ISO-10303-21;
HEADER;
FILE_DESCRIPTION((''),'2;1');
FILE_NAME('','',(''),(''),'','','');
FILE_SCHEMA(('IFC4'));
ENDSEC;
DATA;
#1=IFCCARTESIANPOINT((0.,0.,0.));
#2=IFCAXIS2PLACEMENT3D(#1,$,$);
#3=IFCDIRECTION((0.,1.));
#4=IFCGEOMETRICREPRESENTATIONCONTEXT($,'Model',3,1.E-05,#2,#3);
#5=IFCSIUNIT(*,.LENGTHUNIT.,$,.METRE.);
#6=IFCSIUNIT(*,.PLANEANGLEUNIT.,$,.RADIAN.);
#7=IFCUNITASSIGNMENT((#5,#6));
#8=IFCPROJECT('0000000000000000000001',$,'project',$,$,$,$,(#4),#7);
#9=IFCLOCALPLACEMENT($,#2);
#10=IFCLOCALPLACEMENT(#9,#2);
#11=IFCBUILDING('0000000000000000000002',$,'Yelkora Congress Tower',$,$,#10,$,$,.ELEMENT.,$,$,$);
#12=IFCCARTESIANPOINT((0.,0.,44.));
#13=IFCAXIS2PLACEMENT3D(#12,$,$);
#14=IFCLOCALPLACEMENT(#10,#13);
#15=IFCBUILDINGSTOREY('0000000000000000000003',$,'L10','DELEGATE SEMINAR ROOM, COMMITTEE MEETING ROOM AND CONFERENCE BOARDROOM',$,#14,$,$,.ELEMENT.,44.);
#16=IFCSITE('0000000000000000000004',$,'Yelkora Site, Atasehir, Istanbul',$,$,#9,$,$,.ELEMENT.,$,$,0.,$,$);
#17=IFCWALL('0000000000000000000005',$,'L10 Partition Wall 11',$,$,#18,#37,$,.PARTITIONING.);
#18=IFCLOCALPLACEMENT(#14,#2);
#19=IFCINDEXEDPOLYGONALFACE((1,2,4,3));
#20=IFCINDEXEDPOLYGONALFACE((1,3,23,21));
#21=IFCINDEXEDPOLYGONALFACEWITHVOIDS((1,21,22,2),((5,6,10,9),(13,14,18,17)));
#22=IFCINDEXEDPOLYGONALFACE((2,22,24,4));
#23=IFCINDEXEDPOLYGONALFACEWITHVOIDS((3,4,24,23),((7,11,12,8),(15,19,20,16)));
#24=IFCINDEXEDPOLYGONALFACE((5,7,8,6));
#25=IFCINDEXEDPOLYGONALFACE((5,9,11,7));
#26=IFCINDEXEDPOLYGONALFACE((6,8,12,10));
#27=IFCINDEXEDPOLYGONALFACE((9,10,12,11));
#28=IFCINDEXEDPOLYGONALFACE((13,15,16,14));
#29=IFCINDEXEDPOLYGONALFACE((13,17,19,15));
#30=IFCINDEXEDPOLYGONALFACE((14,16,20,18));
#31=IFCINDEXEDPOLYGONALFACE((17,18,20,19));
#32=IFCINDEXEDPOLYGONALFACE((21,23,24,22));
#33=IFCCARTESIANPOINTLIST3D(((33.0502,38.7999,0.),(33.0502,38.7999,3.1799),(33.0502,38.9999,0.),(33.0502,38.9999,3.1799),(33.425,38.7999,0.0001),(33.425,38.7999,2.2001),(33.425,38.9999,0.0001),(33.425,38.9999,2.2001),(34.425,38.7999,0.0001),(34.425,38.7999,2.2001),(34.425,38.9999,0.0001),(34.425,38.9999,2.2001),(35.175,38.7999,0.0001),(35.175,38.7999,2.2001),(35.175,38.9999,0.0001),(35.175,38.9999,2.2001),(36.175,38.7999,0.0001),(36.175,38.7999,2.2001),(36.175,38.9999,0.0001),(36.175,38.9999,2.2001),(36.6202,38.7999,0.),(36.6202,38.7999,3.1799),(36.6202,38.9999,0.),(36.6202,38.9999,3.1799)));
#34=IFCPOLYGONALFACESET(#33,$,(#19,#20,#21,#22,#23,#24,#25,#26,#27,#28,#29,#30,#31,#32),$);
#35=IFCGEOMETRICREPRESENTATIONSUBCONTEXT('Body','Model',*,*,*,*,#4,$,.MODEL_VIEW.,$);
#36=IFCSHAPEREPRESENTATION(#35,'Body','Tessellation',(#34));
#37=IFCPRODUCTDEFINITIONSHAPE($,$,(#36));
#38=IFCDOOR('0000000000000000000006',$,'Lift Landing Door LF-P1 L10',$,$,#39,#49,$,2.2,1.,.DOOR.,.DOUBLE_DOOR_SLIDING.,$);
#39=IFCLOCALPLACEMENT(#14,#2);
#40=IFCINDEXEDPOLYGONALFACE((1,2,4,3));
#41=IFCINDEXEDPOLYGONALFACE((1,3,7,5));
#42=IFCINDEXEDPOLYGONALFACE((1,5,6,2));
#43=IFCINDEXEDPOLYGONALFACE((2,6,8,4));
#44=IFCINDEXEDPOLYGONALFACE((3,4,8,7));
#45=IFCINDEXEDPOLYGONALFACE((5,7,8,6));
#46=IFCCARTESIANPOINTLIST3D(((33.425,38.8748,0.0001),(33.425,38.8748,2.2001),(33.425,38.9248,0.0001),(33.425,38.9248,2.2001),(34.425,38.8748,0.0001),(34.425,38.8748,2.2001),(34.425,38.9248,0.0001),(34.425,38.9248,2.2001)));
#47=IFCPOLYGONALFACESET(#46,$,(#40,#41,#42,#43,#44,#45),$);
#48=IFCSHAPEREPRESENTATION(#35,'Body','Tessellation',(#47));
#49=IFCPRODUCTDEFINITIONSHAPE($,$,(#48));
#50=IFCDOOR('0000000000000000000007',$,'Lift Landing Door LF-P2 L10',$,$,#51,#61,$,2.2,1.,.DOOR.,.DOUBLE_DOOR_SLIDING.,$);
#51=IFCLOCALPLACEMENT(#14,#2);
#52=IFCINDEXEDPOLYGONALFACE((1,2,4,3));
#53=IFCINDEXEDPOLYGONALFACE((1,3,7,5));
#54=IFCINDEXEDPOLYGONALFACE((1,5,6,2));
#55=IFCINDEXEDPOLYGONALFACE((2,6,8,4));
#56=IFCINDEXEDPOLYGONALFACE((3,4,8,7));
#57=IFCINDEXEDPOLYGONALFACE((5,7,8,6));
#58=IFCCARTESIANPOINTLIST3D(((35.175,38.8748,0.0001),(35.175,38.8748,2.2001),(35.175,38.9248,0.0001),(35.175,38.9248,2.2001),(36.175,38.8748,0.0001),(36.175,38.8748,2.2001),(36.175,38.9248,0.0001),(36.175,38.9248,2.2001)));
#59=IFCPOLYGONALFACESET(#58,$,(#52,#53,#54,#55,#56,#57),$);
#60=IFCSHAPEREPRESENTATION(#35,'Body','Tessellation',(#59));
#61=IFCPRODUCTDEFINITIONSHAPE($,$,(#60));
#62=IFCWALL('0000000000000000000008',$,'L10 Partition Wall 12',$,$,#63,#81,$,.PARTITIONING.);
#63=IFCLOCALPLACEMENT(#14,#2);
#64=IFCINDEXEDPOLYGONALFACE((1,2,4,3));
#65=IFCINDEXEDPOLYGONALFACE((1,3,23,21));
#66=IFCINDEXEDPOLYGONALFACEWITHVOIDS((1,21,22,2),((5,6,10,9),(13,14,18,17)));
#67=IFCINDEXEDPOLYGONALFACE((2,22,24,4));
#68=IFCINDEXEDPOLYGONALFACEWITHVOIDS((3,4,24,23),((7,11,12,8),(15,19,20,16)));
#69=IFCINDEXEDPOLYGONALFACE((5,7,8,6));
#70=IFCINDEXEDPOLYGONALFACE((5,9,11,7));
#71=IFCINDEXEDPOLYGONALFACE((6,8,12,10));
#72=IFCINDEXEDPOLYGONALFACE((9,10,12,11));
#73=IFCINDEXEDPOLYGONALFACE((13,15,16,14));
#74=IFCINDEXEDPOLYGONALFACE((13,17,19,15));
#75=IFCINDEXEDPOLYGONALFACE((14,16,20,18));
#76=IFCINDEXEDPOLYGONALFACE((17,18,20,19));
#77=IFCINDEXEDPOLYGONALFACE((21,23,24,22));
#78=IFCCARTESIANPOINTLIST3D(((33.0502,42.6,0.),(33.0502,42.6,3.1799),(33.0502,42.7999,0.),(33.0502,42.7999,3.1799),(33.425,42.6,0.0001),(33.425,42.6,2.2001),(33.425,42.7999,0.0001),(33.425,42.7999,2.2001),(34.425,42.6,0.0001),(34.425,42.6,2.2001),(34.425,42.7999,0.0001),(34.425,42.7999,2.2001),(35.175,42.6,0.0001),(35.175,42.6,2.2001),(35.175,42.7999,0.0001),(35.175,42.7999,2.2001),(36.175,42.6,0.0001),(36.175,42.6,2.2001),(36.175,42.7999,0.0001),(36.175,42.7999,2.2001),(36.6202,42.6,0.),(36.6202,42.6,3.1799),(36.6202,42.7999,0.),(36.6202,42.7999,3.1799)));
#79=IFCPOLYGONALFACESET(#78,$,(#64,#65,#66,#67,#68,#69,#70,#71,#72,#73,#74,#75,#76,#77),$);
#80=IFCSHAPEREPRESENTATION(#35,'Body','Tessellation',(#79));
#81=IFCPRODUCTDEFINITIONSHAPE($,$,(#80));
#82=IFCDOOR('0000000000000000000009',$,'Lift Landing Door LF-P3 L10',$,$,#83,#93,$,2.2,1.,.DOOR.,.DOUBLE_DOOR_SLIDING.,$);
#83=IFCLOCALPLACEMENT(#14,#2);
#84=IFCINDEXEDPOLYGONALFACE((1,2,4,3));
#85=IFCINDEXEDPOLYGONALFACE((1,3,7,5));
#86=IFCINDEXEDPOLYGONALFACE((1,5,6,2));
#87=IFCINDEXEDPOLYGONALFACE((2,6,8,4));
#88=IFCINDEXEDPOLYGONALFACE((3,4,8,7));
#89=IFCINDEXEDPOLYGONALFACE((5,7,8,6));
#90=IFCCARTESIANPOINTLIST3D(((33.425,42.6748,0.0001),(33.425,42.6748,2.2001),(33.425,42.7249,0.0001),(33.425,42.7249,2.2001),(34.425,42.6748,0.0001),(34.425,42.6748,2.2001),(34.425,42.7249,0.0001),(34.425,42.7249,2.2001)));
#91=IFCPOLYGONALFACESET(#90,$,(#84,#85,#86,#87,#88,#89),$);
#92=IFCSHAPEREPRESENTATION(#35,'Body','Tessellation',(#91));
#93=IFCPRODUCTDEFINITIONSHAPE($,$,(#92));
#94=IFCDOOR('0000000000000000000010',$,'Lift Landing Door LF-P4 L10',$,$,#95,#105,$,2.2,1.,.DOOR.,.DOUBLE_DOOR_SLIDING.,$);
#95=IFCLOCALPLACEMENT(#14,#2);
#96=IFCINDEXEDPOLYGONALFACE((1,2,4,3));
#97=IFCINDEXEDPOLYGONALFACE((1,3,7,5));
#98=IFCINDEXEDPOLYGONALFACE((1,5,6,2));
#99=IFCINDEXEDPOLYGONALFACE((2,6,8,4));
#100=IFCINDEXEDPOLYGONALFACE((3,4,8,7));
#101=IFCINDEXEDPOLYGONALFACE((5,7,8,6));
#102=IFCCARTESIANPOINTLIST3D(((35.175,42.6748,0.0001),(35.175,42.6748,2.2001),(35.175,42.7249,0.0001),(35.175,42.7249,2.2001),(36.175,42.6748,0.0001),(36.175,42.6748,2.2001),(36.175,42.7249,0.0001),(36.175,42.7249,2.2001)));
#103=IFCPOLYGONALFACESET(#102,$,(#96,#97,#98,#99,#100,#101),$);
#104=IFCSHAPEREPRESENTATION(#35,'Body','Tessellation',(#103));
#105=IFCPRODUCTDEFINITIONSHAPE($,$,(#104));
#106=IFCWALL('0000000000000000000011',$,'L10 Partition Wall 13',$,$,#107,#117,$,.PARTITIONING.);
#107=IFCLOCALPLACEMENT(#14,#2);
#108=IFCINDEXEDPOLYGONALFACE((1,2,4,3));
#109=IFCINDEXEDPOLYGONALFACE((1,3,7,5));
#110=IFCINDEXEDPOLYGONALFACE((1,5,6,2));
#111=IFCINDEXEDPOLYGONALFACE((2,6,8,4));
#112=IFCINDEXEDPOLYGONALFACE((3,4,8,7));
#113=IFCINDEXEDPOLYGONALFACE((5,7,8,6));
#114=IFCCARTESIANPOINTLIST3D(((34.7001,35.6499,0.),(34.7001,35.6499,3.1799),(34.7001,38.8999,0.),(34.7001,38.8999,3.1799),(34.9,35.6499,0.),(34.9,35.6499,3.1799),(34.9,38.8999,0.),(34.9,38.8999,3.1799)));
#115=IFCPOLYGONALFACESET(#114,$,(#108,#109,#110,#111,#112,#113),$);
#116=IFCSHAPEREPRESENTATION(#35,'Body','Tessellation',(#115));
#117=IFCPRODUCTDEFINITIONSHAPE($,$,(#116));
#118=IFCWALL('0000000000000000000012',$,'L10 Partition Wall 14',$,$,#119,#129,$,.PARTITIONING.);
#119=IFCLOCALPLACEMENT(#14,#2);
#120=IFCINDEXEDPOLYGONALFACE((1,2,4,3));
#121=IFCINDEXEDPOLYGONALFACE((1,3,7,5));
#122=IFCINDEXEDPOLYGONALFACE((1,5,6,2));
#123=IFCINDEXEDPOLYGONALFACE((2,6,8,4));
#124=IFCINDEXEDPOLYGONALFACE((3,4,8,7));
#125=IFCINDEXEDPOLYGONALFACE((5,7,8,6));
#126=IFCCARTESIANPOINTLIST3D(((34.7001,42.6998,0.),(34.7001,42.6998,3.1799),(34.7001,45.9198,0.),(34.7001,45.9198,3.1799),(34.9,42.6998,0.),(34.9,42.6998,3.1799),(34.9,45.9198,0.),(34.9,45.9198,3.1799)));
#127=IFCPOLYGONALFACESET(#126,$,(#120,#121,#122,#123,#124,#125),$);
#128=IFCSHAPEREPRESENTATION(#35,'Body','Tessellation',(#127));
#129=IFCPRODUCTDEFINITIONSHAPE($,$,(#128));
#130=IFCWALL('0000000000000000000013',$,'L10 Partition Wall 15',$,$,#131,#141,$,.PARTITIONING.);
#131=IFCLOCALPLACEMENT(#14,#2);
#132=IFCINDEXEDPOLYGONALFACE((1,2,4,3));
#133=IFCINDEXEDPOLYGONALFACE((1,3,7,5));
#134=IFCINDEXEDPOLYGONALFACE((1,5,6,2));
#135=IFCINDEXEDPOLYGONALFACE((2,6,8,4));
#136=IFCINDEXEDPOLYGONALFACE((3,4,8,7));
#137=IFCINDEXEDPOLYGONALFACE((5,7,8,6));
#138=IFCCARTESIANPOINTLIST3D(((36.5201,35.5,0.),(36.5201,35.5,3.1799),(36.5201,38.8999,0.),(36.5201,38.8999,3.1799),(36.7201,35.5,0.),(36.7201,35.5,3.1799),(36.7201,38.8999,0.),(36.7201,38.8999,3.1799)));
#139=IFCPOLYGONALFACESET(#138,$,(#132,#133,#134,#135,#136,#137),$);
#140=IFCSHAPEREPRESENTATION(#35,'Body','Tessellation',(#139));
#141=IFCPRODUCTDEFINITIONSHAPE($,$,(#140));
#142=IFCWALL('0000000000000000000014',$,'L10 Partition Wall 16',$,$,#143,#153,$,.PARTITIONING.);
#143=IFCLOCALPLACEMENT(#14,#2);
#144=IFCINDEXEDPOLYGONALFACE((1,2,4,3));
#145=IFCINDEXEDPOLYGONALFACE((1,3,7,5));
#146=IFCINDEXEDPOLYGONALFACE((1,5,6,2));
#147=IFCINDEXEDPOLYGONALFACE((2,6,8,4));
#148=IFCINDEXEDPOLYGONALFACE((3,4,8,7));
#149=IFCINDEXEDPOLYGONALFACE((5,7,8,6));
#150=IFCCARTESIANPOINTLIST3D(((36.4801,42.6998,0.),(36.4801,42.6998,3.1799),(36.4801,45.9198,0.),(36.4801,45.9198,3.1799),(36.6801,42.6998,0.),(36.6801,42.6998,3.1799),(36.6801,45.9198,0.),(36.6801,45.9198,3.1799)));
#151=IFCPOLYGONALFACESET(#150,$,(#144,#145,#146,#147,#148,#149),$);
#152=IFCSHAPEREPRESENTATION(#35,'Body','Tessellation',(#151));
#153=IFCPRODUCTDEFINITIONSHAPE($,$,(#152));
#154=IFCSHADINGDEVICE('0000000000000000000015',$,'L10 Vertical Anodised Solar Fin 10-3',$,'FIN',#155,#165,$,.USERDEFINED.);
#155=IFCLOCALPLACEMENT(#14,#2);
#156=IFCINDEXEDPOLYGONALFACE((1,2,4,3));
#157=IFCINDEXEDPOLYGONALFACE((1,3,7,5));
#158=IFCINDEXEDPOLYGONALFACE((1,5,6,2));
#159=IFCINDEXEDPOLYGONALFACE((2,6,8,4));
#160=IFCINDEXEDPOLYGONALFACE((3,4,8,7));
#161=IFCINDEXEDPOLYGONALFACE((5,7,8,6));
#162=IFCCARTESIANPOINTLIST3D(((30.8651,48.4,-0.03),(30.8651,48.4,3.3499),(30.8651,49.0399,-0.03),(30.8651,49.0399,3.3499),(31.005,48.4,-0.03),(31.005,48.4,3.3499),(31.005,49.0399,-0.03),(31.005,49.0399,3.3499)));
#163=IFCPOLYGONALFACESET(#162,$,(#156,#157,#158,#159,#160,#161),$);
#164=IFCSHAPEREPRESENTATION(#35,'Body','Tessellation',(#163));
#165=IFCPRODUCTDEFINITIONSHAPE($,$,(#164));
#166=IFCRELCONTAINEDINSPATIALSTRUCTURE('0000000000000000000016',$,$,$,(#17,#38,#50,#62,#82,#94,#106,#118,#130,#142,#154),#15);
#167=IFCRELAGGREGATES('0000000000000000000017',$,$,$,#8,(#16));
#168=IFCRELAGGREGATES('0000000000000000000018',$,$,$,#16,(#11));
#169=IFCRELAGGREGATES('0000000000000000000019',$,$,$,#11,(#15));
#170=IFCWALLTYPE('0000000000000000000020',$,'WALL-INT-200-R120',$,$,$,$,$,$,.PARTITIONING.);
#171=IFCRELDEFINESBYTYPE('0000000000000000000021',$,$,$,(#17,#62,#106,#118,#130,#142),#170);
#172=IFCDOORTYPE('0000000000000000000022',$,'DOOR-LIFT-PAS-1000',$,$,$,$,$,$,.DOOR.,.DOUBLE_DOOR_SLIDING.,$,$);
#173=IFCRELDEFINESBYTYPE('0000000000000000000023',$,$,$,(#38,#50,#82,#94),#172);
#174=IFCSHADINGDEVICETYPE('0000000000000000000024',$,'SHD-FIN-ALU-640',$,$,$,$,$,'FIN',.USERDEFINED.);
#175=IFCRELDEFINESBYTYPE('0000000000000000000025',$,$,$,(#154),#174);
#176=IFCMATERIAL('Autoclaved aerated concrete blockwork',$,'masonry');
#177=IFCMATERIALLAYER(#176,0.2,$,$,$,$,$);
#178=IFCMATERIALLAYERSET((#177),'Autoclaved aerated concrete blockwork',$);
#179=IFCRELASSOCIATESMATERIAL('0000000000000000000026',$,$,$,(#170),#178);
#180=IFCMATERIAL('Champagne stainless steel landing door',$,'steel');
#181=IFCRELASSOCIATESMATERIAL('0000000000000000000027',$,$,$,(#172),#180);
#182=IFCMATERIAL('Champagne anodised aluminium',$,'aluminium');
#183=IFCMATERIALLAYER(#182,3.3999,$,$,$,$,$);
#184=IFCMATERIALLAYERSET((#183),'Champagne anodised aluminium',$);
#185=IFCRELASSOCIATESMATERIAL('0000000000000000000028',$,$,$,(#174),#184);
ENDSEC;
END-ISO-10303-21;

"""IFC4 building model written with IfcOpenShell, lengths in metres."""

from ifc_helpers import new_model, si_unit, direction, frame, frame_2d, origin, origin_2d, place, context, subcontext, project, spatial, rectangle, extrude, material, layer, layer_set, type_object, element, fill, save


model = new_model("IFC4")

# Units and contexts
model_context = context("Model", 3, precision=1e-05, world=origin(), true_north=direction((0.0, 1.0)))
body_context = subcontext(model_context, "Body", "Model", "MODEL_VIEW")
ifc_project = project(units=[si_unit("LENGTHUNIT", "METRE"), si_unit("PLANEANGLEUNIT", "RADIAN")], contexts=[model_context])

# Site, building, storey
site_placement = place(None, origin())
site = spatial("IfcSite", under=ifc_project, at=site_placement, Name="Yelkora Site, Atasehir, Istanbul", CompositionType="ELEMENT", RefElevation=0.0)
building_placement = place(site_placement, origin())
building = spatial("IfcBuilding", under=site, at=building_placement, Name="Yelkora Congress Tower", CompositionType="ELEMENT")
storey_placement = place(building_placement, frame((0.0, 0.0, 44.0)))
storey = spatial("IfcBuildingStorey", under=building, at=storey_placement, Name="L10", Description="DELEGATE SEMINAR ROOM, COMMITTEE MEETING ROOM AND CONFERENCE BOARDROOM", CompositionType="ELEMENT", Elevation=44.0)

# Shared definitions
ifc_material_1 = material(Name="Autoclaved aerated concrete blockwork", Category="masonry")
ifc_layer_1 = layer(ifc_material_1, 0.2)
ifc_layer_set_1 = layer_set([ifc_layer_1], Name="Autoclaved aerated concrete blockwork")
wall_type_1 = type_object("IfcWallType", Name="WALL-INT-200-R120", PredefinedType="PARTITIONING", material=ifc_layer_set_1)

# Walls, openings, doors
wall_1_placement = place(storey_placement, frame((33.05, 38.8999, 0.0), z_axis=(0.0, 0.0, 1.0), x_axis=(1.0, 0.0, 0.0)))
wall_1 = element("IfcWall", 1, at=wall_1_placement, inside=storey, type_object=wall_type_1, Name="L10 Partition Wall 11", PredefinedType="PARTITIONING", context=body_context, shape_type="SweptSolid", body=[
    extrude(rectangle(XDim=3.5701, YDim=0.2, at=frame_2d((1.7852, 0.0))), origin(), (0.0, 0.0, 1.0), 3.1799),
])
opening_1_placement = place(wall_1_placement, frame((0.375, 0.0, 0.0)))
opening_1 = element("IfcOpeningElement", 2, at=opening_1_placement, cuts=wall_1, PredefinedType="OPENING", context=body_context, shape_type="SweptSolid", body=[
    extrude(rectangle(XDim=1.0, YDim=2.2, at=frame_2d((0.5, 1.1001))), frame((0.0, 0.1099, 0.0), z_axis=(0.0, -1.0, 0.0), x_axis=(1.0, 0.0, 0.0)), (0.0, 0.0, 1.0), 0.22),
])
opening_2_placement = place(wall_1_placement, frame((2.125, 0.0, 0.0)))
opening_2 = element("IfcOpeningElement", 3, at=opening_2_placement, cuts=wall_1, PredefinedType="OPENING", context=body_context, shape_type="SweptSolid", body=[
    extrude(rectangle(XDim=1.0, YDim=2.2, at=frame_2d((0.5, 1.1001))), frame((0.0, 0.1099, 0.0), z_axis=(0.0, -1.0, 0.0), x_axis=(1.0, 0.0, 0.0)), (0.0, 0.0, 1.0), 0.22),
])
ifc_material_2 = material(Name="Champagne stainless steel landing door", Category="steel")
door_type_1 = type_object("IfcDoorType", Name="DOOR-LIFT-PAS-1000", OperationType="DOUBLE_DOOR_SLIDING", PredefinedType="DOOR", material=ifc_material_2)
door_1_placement = place(opening_1_placement, origin())
door_1 = element("IfcDoor", 4, at=door_1_placement, inside=storey, type_object=door_type_1, Name="Lift Landing Door LF-P1 L10", OperationType="DOUBLE_DOOR_SLIDING", OverallHeight=2.2, OverallWidth=1.0, PredefinedType="DOOR", context=body_context, shape_type="SweptSolid", body=[
    extrude(rectangle(XDim=1.0, YDim=2.2, at=frame_2d((0.5, 1.1001))), frame((0.0, 0.0249, 0.0), z_axis=(0.0, -1.0, 0.0), x_axis=(1.0, 0.0, 0.0)), (0.0, 0.0, 1.0), 0.05),
])
fill(opening_1, door_1)
door_2_placement = place(opening_2_placement, origin())
door_2 = element("IfcDoor", 5, at=door_2_placement, inside=storey, type_object=door_type_1, Name="Lift Landing Door LF-P2 L10", OperationType="DOUBLE_DOOR_SLIDING", OverallHeight=2.2, OverallWidth=1.0, PredefinedType="DOOR", context=body_context, shape_type="SweptSolid", body=[
    extrude(rectangle(XDim=1.0, YDim=2.2, at=frame_2d((0.5, 1.1001))), frame((0.0, 0.0249, 0.0), z_axis=(0.0, -1.0, 0.0), x_axis=(1.0, 0.0, 0.0)), (0.0, 0.0, 1.0), 0.05),
])
fill(opening_2, door_2)
wall_2_placement = place(storey_placement, frame((33.05, 42.7, 0.0), z_axis=(0.0, 0.0, 1.0), x_axis=(1.0, 0.0, 0.0)))
wall_2 = element("IfcWall", 6, at=wall_2_placement, inside=storey, type_object=wall_type_1, Name="L10 Partition Wall 12", PredefinedType="PARTITIONING", context=body_context, shape_type="SweptSolid", body=[
    extrude(rectangle(XDim=3.5701, YDim=0.2, at=frame_2d((1.7852, 0.0))), origin(), (0.0, 0.0, 1.0), 3.1799),
])
opening_3_placement = place(wall_2_placement, frame((0.375, 0.0, 0.0)))
opening_3 = element("IfcOpeningElement", 7, at=opening_3_placement, cuts=wall_2, PredefinedType="OPENING", context=body_context, shape_type="SweptSolid", body=[
    extrude(rectangle(XDim=1.0, YDim=2.2, at=frame_2d((0.5, 1.1001))), frame((0.0, 0.1099, 0.0), z_axis=(0.0, -1.0, 0.0), x_axis=(1.0, 0.0, 0.0)), (0.0, 0.0, 1.0), 0.22),
])
opening_4_placement = place(wall_2_placement, frame((2.125, 0.0, 0.0)))
opening_4 = element("IfcOpeningElement", 8, at=opening_4_placement, cuts=wall_2, PredefinedType="OPENING", context=body_context, shape_type="SweptSolid", body=[
    extrude(rectangle(XDim=1.0, YDim=2.2, at=frame_2d((0.5, 1.1001))), frame((0.0, 0.1099, 0.0), z_axis=(0.0, -1.0, 0.0), x_axis=(1.0, 0.0, 0.0)), (0.0, 0.0, 1.0), 0.22),
])
door_3_placement = place(opening_3_placement, origin())
door_3 = element("IfcDoor", 9, at=door_3_placement, inside=storey, type_object=door_type_1, Name="Lift Landing Door LF-P3 L10", OperationType="DOUBLE_DOOR_SLIDING", OverallHeight=2.2, OverallWidth=1.0, PredefinedType="DOOR", context=body_context, shape_type="SweptSolid", body=[
    extrude(rectangle(XDim=1.0, YDim=2.2, at=frame_2d((0.5, 1.1001))), frame((0.0, 0.0249, 0.0), z_axis=(0.0, -1.0, 0.0), x_axis=(1.0, 0.0, 0.0)), (0.0, 0.0, 1.0), 0.05),
])
fill(opening_3, door_3)
door_4_placement = place(opening_4_placement, origin())
door_4 = element("IfcDoor", 10, at=door_4_placement, inside=storey, type_object=door_type_1, Name="Lift Landing Door LF-P4 L10", OperationType="DOUBLE_DOOR_SLIDING", OverallHeight=2.2, OverallWidth=1.0, PredefinedType="DOOR", context=body_context, shape_type="SweptSolid", body=[
    extrude(rectangle(XDim=1.0, YDim=2.2, at=frame_2d((0.5, 1.1001))), frame((0.0, 0.0249, 0.0), z_axis=(0.0, -1.0, 0.0), x_axis=(1.0, 0.0, 0.0)), (0.0, 0.0, 1.0), 0.05),
])
fill(opening_4, door_4)

# Walls
wall_3_placement = place(storey_placement, frame((34.8, 35.6499, 0.0), z_axis=(0.0, 0.0, 1.0), x_axis=(0.0, 1.0, 0.0)))
element("IfcWall", 11, at=wall_3_placement, inside=storey, type_object=wall_type_1, Name="L10 Partition Wall 13", PredefinedType="PARTITIONING", context=body_context, shape_type="SweptSolid", body=[
    extrude(rectangle(XDim=3.25, YDim=0.2, at=frame_2d((1.625, 0.0))), origin(), (0.0, 0.0, 1.0), 3.1799),
])
wall_4_placement = place(storey_placement, frame((34.8, 42.7, 0.0), z_axis=(0.0, 0.0, 1.0), x_axis=(0.0, 1.0, 0.0)))
element("IfcWall", 12, at=wall_4_placement, inside=storey, type_object=wall_type_1, Name="L10 Partition Wall 14", PredefinedType="PARTITIONING", context=body_context, shape_type="SweptSolid", body=[
    extrude(rectangle(XDim=3.22, YDim=0.2, at=frame_2d((1.6099, 0.0))), origin(), (0.0, 0.0, 1.0), 3.1799),
])
wall_5_placement = place(storey_placement, frame((36.6201, 35.5, 0.0), z_axis=(0.0, 0.0, 1.0), x_axis=(0.0, 1.0, 0.0)))
element("IfcWall", 13, at=wall_5_placement, inside=storey, type_object=wall_type_1, Name="L10 Partition Wall 15", PredefinedType="PARTITIONING", context=body_context, shape_type="SweptSolid", body=[
    extrude(rectangle(XDim=3.3999, YDim=0.2, at=frame_2d((1.7, 0.0))), origin(), (0.0, 0.0, 1.0), 3.1799),
])
wall_6_placement = place(storey_placement, frame((36.5801, 42.7, 0.0), z_axis=(0.0, 0.0, 1.0), x_axis=(0.0, 1.0, 0.0)))
element("IfcWall", 14, at=wall_6_placement, inside=storey, type_object=wall_type_1, Name="L10 Partition Wall 16", PredefinedType="PARTITIONING", context=body_context, shape_type="SweptSolid", body=[
    extrude(rectangle(XDim=3.22, YDim=0.2, at=frame_2d((1.6099, 0.0))), origin(), (0.0, 0.0, 1.0), 3.1799),
])

# Shading device
ifc_material_3 = material(Name="Champagne anodised aluminium", Category="aluminium")
ifc_layer_2 = layer(ifc_material_3, 3.3999)
ifc_layer_set_2 = layer_set([ifc_layer_2], Name="Champagne anodised aluminium")
shading_device_type = type_object("IfcShadingDeviceType", Name="SHD-FIN-ALU-640", ElementType="FIN", PredefinedType="USERDEFINED", material=ifc_layer_set_2)
shading_device_placement = place(storey_placement, frame((30.9351, 48.72, -0.03), z_axis=(0.0, 0.0, 1.0), x_axis=(1.0, 0.0, 0.0)))
element("IfcShadingDevice", 15, at=shading_device_placement, inside=storey, type_object=shading_device_type, Name="L10 Vertical Anodised Solar Fin 10-3", ObjectType="FIN", PredefinedType="USERDEFINED", context=body_context, shape_type="SweptSolid", body=[
    extrude(rectangle(XDim=0.1399, YDim=0.6399, at=origin_2d()), origin(), (0.0, 0.0, 1.0), 3.3799),
])

save(model, "model.ifc")
